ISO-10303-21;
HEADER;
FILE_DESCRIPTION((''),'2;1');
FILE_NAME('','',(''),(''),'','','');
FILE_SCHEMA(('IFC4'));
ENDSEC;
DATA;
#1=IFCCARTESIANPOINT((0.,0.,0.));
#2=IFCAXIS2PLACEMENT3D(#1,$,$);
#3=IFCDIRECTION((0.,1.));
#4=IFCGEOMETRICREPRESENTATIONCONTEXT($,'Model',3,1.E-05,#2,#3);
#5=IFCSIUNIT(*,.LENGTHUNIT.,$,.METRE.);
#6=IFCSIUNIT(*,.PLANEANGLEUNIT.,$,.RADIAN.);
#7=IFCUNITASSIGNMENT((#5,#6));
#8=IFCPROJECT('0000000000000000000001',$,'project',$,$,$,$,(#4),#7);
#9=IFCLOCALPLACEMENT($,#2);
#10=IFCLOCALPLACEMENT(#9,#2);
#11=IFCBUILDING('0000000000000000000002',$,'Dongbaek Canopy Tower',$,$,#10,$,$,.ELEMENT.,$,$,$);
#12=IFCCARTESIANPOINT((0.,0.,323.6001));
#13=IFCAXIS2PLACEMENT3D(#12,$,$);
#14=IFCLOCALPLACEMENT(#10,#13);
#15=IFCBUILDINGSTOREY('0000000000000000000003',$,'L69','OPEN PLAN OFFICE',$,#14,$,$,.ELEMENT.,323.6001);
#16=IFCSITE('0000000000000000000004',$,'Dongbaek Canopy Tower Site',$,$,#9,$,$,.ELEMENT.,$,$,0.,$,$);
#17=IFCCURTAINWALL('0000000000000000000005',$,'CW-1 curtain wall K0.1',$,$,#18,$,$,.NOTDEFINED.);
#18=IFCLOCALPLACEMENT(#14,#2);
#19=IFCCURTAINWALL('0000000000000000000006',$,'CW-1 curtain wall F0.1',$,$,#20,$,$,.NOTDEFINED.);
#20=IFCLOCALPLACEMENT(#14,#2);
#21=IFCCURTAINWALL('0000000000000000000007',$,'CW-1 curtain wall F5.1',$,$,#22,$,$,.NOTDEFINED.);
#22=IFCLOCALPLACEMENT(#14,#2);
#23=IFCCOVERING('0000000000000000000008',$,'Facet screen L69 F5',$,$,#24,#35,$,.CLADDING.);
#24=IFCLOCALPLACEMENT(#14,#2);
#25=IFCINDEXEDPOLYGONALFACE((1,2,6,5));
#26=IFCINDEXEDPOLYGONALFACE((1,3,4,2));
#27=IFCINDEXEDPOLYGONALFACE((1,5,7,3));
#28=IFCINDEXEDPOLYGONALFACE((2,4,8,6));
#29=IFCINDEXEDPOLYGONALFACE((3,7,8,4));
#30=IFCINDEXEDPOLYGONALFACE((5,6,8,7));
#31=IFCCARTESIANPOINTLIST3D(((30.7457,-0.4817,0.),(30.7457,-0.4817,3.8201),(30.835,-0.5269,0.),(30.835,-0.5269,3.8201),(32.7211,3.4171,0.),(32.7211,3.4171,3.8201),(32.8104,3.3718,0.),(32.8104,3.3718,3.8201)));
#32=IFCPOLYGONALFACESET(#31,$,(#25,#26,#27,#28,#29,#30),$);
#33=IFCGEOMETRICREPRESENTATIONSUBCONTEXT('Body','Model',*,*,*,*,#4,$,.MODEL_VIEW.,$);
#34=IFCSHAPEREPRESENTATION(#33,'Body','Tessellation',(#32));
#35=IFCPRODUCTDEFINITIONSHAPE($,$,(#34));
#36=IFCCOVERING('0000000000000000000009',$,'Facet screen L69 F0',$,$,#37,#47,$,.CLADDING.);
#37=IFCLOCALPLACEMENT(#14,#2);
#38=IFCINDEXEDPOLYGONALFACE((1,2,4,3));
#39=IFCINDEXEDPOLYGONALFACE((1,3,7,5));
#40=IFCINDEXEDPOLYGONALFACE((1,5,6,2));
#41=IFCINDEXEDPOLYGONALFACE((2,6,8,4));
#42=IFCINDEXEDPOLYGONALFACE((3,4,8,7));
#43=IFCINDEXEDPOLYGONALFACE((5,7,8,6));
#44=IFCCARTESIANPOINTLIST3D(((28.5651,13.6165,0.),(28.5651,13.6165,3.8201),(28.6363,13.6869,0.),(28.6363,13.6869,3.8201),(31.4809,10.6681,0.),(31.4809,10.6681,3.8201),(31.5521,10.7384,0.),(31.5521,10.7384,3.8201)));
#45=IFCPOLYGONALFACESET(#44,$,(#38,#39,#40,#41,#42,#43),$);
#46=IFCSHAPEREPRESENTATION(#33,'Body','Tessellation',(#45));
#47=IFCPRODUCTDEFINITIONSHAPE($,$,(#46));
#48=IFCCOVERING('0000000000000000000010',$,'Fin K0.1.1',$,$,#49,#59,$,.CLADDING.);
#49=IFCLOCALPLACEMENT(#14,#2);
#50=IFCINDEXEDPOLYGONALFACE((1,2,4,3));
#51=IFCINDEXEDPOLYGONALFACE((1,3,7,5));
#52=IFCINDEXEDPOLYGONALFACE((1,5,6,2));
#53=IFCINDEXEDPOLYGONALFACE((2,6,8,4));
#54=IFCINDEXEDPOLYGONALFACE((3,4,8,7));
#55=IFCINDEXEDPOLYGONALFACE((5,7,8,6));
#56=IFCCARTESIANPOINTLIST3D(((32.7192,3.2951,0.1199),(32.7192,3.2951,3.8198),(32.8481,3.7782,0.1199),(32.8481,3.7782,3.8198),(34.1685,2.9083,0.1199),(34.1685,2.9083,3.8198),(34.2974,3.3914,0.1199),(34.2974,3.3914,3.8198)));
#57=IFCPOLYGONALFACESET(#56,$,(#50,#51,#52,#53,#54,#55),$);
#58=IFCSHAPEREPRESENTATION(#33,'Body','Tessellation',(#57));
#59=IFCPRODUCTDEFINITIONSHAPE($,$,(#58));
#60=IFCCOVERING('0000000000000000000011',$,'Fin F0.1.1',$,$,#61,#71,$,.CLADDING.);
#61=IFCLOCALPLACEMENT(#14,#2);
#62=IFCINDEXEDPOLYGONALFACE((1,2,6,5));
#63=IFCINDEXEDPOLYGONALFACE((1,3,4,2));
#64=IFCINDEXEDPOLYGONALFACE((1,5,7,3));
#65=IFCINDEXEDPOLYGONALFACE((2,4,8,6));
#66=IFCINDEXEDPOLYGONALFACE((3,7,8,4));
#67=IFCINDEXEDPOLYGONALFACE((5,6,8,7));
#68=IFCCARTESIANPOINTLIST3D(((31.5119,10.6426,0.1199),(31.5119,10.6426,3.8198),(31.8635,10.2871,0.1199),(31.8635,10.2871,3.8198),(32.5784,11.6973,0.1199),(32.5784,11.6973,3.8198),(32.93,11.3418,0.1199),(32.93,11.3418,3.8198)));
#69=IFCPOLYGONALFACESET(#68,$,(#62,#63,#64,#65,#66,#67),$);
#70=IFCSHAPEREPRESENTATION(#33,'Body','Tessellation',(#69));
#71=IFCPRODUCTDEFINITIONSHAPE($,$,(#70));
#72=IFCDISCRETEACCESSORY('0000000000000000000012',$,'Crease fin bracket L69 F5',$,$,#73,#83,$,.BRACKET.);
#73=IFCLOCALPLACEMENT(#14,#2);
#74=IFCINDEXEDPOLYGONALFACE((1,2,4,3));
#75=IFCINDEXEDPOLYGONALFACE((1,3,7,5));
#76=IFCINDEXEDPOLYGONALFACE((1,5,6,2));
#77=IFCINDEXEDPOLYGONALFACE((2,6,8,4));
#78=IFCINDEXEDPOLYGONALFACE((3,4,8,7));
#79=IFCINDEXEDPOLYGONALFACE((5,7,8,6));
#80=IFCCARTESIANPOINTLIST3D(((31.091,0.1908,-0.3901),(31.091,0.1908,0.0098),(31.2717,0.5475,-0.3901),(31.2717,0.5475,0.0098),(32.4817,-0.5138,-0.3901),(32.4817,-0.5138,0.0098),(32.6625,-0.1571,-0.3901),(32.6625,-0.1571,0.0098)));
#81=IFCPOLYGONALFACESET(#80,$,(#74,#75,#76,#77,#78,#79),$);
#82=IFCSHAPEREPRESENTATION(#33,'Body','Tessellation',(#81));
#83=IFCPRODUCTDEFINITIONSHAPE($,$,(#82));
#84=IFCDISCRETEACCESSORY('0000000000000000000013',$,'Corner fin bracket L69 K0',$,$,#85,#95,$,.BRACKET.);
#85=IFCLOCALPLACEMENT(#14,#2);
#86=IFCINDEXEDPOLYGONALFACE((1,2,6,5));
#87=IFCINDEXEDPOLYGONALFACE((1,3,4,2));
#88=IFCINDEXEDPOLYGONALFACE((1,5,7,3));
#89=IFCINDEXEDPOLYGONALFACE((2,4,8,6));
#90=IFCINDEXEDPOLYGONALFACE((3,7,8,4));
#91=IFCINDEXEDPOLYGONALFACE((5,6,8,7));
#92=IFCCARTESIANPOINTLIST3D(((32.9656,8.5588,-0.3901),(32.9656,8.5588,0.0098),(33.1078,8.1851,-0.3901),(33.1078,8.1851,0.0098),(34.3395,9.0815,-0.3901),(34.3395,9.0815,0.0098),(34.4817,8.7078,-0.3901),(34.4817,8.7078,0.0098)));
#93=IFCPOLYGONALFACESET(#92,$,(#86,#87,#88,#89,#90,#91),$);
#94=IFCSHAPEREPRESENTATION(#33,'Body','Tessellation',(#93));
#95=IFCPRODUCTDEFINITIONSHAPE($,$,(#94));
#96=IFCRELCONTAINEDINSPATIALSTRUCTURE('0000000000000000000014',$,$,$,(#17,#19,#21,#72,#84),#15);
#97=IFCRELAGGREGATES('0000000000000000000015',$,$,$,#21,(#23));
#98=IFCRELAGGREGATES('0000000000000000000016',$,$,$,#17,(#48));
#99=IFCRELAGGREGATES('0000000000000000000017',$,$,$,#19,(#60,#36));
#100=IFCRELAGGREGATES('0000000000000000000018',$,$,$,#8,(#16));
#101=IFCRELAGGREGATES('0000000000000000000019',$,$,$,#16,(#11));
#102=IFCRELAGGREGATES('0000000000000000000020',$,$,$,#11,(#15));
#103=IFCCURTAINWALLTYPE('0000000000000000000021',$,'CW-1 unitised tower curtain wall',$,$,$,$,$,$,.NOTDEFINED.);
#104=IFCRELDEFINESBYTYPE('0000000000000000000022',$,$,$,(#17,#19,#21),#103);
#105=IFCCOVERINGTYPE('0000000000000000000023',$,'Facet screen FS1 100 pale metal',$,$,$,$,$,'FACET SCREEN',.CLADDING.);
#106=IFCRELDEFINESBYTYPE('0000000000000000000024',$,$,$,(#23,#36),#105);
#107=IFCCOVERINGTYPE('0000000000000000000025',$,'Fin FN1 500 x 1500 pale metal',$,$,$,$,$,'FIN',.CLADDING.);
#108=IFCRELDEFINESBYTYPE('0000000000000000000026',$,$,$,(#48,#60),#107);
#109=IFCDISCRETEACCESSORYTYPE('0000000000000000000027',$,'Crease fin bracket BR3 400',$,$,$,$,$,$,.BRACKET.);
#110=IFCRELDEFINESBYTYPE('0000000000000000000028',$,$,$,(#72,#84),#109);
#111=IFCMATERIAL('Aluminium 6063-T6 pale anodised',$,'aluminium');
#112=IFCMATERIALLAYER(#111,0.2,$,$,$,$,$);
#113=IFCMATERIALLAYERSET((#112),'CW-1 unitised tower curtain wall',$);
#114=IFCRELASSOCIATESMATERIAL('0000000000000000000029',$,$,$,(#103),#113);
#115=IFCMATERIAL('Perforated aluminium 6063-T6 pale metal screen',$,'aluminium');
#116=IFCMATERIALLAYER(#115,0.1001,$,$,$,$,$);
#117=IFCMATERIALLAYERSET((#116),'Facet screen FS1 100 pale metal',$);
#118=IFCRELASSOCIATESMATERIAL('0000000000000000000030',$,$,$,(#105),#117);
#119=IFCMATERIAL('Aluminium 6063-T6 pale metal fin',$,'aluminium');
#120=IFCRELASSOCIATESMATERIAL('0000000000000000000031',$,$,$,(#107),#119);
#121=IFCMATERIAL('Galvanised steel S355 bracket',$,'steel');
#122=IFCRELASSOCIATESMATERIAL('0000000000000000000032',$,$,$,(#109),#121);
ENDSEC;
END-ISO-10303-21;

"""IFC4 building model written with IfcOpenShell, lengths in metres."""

from ifc_helpers import new_model, si_unit, direction, frame, origin, origin_2d, place, context, subcontext, project, spatial, rectangle, extrude, material, layer, layer_set, material_profile, profile_set, type_object, element, aggregate, save


model = new_model("IFC4")

# Units and contexts
model_context = context("Model", 3, precision=1e-05, world=origin(), true_north=direction((0.0, 1.0)))
body_context = subcontext(model_context, "Body", "Model", "MODEL_VIEW")
ifc_project = project(units=[si_unit("LENGTHUNIT", "METRE"), si_unit("PLANEANGLEUNIT", "RADIAN")], contexts=[model_context])

# Site, building, storey
site_placement = place(None, origin())
site = spatial("IfcSite", under=ifc_project, at=site_placement, Name="Dongbaek Canopy Tower Site", CompositionType="ELEMENT", RefElevation=0.0)
building_placement = place(site_placement, origin())
building = spatial("IfcBuilding", under=site, at=building_placement, Name="Dongbaek Canopy Tower", CompositionType="ELEMENT")
storey_placement = place(building_placement, frame((0.0, 0.0, 323.6001)))
storey = spatial("IfcBuildingStorey", under=building, at=storey_placement, Name="L69", Description="OPEN PLAN OFFICE", CompositionType="ELEMENT", Elevation=323.6001)

# Curtain wall
ifc_material_1 = material(Name="Aluminium 6063-T6 pale anodised", Category="aluminium")
ifc_layer_1 = layer(ifc_material_1, 0.2)
ifc_layer_set_1 = layer_set([ifc_layer_1], Name="CW-1 unitised tower curtain wall")
curtain_wall_type = type_object("IfcCurtainWallType", Name="CW-1 unitised tower curtain wall", PredefinedType="NOTDEFINED", material=ifc_layer_set_1)
curtain_wall_1_placement = place(storey_placement, origin())
curtain_wall_1 = element("IfcCurtainWall", 1, at=curtain_wall_1_placement, inside=storey, type_object=curtain_wall_type, Name="CW-1 curtain wall K0.1", PredefinedType="NOTDEFINED")

# Curtain wall
curtain_wall_2_placement = place(storey_placement, origin())
curtain_wall_2 = element("IfcCurtainWall", 2, at=curtain_wall_2_placement, inside=storey, type_object=curtain_wall_type, Name="CW-1 curtain wall F0.1", PredefinedType="NOTDEFINED")

# Curtain wall, covering
curtain_wall_3_placement = place(storey_placement, origin())
curtain_wall_3 = element("IfcCurtainWall", 3, at=curtain_wall_3_placement, inside=storey, type_object=curtain_wall_type, Name="CW-1 curtain wall F5.1", PredefinedType="NOTDEFINED")
ifc_material_2 = material(Name="Perforated aluminium 6063-T6 pale metal screen", Category="aluminium")
ifc_layer_2 = layer(ifc_material_2, 0.1001)
ifc_layer_set_2 = layer_set([ifc_layer_2], Name="Facet screen FS1 100 pale metal")
covering_type_1 = type_object("IfcCoveringType", Name="Facet screen FS1 100 pale metal", ElementType="FACET SCREEN", PredefinedType="CLADDING", material=ifc_layer_set_2)
covering_1_placement = place(storey_placement, frame((31.7781, 1.4451, 0.0), z_axis=(0.0, 0.0, 1.0), x_axis=(0.451969, 0.892034, 0.0)))
covering_1 = element("IfcCovering", 4, at=covering_1_placement, type_object=covering_type_1, Name="Facet screen L69 F5", PredefinedType="CLADDING", context=body_context, shape_type="SweptSolid", body=[
    extrude(rectangle(XDim=4.3706, YDim=0.1001, at=origin_2d()), origin(), (0.0, 0.0, 1.0), 3.8201),
])
aggregate(curtain_wall_3, [covering_1])

# Coverings
covering_2_placement = place(storey_placement, frame((30.0586, 12.1775, 0.0), z_axis=(0.0, 0.0, 1.0), x_axis=(-0.703156, 0.711035, 0.0)))
covering_2 = element("IfcCovering", 5, at=covering_2_placement, type_object=covering_type_1, Name="Facet screen L69 F0", PredefinedType="CLADDING", context=body_context, shape_type="SweptSolid", body=[
    extrude(rectangle(XDim=4.1467, YDim=0.1001, at=origin_2d()), origin(), (0.0, 0.0, 1.0), 3.8201),
])
ifc_material_3 = material(Name="Aluminium 6063-T6 pale metal fin", Category="aluminium")
ifc_material_profile_1 = material_profile(ifc_material_3, rectangle(XDim=1.5, YDim=0.5, at=origin_2d()), Name="Fin FN1 500 x 1500 pale metal")
ifc_profile_set_1 = profile_set([ifc_material_profile_1], Name="Aluminium 6063-T6 pale metal fin")
covering_type_2 = type_object("IfcCoveringType", Name="Fin FN1 500 x 1500 pale metal", ElementType="FIN", PredefinedType="CLADDING", material=ifc_profile_set_1)
covering_3_placement = place(storey_placement, frame((33.5083, 3.3433, 0.1199), z_axis=(0.0, 0.0, 1.0), x_axis=(0.966174, -0.257892, 0.0)))
covering_3 = element("IfcCovering", 6, at=covering_3_placement, type_object=covering_type_2, Name="Fin K0.1.1", PredefinedType="CLADDING", context=body_context, shape_type="SweptSolid", body=[
    extrude(rectangle(XDim=1.5, YDim=0.5, at=origin_2d()), origin(), (0.0, 0.0, 1.0), 3.7),
])
aggregate(curtain_wall_1, [covering_3])
covering_4_placement = place(storey_placement, frame((32.2209, 10.9922, 0.1199), z_axis=(0.0, 0.0, 1.0), x_axis=(0.711035, 0.703156, 0.0)))
covering_4 = element("IfcCovering", 7, at=covering_4_placement, type_object=covering_type_2, Name="Fin F0.1.1", PredefinedType="CLADDING", context=body_context, shape_type="SweptSolid", body=[
    extrude(rectangle(XDim=1.5, YDim=0.5, at=origin_2d()), origin(), (0.0, 0.0, 1.0), 3.7),
])
aggregate(curtain_wall_2, [covering_4, covering_2])

# Discrete accessories
ifc_material_4 = material(Name="Galvanised steel S355 bracket", Category="steel")
discrete_accessory_type = type_object("IfcDiscreteAccessoryType", Name="Crease fin bracket BR3 400", PredefinedType="BRACKET", material=ifc_material_4)
discrete_accessory_1_placement = place(storey_placement, frame((31.8767, 0.0168, -0.3901), z_axis=(0.0, 0.0, 1.0), x_axis=(0.892034, -0.451969, 0.0)))
element("IfcDiscreteAccessory", 8, at=discrete_accessory_1_placement, inside=storey, type_object=discrete_accessory_type, Name="Crease fin bracket L69 F5", PredefinedType="BRACKET", context=body_context, shape_type="SweptSolid", body=[
    extrude(rectangle(XDim=1.5591, YDim=0.3999, at=origin_2d()), origin(), (0.0, 0.0, 1.0), 0.3999),
])
discrete_accessory_2_placement = place(storey_placement, frame((33.7236, 8.6333, -0.3901), z_axis=(0.0, 0.0, 1.0), x_axis=(0.934637, 0.355605, 0.0)))
element("IfcDiscreteAccessory", 9, at=discrete_accessory_2_placement, inside=storey, type_object=discrete_accessory_type, Name="Corner fin bracket L69 K0", PredefinedType="BRACKET", context=body_context, shape_type="SweptSolid", body=[
    extrude(rectangle(XDim=1.47, YDim=0.3999, at=origin_2d()), origin(), (0.0, 0.0, 1.0), 0.3999),
])

save(model, "model.ifc")
